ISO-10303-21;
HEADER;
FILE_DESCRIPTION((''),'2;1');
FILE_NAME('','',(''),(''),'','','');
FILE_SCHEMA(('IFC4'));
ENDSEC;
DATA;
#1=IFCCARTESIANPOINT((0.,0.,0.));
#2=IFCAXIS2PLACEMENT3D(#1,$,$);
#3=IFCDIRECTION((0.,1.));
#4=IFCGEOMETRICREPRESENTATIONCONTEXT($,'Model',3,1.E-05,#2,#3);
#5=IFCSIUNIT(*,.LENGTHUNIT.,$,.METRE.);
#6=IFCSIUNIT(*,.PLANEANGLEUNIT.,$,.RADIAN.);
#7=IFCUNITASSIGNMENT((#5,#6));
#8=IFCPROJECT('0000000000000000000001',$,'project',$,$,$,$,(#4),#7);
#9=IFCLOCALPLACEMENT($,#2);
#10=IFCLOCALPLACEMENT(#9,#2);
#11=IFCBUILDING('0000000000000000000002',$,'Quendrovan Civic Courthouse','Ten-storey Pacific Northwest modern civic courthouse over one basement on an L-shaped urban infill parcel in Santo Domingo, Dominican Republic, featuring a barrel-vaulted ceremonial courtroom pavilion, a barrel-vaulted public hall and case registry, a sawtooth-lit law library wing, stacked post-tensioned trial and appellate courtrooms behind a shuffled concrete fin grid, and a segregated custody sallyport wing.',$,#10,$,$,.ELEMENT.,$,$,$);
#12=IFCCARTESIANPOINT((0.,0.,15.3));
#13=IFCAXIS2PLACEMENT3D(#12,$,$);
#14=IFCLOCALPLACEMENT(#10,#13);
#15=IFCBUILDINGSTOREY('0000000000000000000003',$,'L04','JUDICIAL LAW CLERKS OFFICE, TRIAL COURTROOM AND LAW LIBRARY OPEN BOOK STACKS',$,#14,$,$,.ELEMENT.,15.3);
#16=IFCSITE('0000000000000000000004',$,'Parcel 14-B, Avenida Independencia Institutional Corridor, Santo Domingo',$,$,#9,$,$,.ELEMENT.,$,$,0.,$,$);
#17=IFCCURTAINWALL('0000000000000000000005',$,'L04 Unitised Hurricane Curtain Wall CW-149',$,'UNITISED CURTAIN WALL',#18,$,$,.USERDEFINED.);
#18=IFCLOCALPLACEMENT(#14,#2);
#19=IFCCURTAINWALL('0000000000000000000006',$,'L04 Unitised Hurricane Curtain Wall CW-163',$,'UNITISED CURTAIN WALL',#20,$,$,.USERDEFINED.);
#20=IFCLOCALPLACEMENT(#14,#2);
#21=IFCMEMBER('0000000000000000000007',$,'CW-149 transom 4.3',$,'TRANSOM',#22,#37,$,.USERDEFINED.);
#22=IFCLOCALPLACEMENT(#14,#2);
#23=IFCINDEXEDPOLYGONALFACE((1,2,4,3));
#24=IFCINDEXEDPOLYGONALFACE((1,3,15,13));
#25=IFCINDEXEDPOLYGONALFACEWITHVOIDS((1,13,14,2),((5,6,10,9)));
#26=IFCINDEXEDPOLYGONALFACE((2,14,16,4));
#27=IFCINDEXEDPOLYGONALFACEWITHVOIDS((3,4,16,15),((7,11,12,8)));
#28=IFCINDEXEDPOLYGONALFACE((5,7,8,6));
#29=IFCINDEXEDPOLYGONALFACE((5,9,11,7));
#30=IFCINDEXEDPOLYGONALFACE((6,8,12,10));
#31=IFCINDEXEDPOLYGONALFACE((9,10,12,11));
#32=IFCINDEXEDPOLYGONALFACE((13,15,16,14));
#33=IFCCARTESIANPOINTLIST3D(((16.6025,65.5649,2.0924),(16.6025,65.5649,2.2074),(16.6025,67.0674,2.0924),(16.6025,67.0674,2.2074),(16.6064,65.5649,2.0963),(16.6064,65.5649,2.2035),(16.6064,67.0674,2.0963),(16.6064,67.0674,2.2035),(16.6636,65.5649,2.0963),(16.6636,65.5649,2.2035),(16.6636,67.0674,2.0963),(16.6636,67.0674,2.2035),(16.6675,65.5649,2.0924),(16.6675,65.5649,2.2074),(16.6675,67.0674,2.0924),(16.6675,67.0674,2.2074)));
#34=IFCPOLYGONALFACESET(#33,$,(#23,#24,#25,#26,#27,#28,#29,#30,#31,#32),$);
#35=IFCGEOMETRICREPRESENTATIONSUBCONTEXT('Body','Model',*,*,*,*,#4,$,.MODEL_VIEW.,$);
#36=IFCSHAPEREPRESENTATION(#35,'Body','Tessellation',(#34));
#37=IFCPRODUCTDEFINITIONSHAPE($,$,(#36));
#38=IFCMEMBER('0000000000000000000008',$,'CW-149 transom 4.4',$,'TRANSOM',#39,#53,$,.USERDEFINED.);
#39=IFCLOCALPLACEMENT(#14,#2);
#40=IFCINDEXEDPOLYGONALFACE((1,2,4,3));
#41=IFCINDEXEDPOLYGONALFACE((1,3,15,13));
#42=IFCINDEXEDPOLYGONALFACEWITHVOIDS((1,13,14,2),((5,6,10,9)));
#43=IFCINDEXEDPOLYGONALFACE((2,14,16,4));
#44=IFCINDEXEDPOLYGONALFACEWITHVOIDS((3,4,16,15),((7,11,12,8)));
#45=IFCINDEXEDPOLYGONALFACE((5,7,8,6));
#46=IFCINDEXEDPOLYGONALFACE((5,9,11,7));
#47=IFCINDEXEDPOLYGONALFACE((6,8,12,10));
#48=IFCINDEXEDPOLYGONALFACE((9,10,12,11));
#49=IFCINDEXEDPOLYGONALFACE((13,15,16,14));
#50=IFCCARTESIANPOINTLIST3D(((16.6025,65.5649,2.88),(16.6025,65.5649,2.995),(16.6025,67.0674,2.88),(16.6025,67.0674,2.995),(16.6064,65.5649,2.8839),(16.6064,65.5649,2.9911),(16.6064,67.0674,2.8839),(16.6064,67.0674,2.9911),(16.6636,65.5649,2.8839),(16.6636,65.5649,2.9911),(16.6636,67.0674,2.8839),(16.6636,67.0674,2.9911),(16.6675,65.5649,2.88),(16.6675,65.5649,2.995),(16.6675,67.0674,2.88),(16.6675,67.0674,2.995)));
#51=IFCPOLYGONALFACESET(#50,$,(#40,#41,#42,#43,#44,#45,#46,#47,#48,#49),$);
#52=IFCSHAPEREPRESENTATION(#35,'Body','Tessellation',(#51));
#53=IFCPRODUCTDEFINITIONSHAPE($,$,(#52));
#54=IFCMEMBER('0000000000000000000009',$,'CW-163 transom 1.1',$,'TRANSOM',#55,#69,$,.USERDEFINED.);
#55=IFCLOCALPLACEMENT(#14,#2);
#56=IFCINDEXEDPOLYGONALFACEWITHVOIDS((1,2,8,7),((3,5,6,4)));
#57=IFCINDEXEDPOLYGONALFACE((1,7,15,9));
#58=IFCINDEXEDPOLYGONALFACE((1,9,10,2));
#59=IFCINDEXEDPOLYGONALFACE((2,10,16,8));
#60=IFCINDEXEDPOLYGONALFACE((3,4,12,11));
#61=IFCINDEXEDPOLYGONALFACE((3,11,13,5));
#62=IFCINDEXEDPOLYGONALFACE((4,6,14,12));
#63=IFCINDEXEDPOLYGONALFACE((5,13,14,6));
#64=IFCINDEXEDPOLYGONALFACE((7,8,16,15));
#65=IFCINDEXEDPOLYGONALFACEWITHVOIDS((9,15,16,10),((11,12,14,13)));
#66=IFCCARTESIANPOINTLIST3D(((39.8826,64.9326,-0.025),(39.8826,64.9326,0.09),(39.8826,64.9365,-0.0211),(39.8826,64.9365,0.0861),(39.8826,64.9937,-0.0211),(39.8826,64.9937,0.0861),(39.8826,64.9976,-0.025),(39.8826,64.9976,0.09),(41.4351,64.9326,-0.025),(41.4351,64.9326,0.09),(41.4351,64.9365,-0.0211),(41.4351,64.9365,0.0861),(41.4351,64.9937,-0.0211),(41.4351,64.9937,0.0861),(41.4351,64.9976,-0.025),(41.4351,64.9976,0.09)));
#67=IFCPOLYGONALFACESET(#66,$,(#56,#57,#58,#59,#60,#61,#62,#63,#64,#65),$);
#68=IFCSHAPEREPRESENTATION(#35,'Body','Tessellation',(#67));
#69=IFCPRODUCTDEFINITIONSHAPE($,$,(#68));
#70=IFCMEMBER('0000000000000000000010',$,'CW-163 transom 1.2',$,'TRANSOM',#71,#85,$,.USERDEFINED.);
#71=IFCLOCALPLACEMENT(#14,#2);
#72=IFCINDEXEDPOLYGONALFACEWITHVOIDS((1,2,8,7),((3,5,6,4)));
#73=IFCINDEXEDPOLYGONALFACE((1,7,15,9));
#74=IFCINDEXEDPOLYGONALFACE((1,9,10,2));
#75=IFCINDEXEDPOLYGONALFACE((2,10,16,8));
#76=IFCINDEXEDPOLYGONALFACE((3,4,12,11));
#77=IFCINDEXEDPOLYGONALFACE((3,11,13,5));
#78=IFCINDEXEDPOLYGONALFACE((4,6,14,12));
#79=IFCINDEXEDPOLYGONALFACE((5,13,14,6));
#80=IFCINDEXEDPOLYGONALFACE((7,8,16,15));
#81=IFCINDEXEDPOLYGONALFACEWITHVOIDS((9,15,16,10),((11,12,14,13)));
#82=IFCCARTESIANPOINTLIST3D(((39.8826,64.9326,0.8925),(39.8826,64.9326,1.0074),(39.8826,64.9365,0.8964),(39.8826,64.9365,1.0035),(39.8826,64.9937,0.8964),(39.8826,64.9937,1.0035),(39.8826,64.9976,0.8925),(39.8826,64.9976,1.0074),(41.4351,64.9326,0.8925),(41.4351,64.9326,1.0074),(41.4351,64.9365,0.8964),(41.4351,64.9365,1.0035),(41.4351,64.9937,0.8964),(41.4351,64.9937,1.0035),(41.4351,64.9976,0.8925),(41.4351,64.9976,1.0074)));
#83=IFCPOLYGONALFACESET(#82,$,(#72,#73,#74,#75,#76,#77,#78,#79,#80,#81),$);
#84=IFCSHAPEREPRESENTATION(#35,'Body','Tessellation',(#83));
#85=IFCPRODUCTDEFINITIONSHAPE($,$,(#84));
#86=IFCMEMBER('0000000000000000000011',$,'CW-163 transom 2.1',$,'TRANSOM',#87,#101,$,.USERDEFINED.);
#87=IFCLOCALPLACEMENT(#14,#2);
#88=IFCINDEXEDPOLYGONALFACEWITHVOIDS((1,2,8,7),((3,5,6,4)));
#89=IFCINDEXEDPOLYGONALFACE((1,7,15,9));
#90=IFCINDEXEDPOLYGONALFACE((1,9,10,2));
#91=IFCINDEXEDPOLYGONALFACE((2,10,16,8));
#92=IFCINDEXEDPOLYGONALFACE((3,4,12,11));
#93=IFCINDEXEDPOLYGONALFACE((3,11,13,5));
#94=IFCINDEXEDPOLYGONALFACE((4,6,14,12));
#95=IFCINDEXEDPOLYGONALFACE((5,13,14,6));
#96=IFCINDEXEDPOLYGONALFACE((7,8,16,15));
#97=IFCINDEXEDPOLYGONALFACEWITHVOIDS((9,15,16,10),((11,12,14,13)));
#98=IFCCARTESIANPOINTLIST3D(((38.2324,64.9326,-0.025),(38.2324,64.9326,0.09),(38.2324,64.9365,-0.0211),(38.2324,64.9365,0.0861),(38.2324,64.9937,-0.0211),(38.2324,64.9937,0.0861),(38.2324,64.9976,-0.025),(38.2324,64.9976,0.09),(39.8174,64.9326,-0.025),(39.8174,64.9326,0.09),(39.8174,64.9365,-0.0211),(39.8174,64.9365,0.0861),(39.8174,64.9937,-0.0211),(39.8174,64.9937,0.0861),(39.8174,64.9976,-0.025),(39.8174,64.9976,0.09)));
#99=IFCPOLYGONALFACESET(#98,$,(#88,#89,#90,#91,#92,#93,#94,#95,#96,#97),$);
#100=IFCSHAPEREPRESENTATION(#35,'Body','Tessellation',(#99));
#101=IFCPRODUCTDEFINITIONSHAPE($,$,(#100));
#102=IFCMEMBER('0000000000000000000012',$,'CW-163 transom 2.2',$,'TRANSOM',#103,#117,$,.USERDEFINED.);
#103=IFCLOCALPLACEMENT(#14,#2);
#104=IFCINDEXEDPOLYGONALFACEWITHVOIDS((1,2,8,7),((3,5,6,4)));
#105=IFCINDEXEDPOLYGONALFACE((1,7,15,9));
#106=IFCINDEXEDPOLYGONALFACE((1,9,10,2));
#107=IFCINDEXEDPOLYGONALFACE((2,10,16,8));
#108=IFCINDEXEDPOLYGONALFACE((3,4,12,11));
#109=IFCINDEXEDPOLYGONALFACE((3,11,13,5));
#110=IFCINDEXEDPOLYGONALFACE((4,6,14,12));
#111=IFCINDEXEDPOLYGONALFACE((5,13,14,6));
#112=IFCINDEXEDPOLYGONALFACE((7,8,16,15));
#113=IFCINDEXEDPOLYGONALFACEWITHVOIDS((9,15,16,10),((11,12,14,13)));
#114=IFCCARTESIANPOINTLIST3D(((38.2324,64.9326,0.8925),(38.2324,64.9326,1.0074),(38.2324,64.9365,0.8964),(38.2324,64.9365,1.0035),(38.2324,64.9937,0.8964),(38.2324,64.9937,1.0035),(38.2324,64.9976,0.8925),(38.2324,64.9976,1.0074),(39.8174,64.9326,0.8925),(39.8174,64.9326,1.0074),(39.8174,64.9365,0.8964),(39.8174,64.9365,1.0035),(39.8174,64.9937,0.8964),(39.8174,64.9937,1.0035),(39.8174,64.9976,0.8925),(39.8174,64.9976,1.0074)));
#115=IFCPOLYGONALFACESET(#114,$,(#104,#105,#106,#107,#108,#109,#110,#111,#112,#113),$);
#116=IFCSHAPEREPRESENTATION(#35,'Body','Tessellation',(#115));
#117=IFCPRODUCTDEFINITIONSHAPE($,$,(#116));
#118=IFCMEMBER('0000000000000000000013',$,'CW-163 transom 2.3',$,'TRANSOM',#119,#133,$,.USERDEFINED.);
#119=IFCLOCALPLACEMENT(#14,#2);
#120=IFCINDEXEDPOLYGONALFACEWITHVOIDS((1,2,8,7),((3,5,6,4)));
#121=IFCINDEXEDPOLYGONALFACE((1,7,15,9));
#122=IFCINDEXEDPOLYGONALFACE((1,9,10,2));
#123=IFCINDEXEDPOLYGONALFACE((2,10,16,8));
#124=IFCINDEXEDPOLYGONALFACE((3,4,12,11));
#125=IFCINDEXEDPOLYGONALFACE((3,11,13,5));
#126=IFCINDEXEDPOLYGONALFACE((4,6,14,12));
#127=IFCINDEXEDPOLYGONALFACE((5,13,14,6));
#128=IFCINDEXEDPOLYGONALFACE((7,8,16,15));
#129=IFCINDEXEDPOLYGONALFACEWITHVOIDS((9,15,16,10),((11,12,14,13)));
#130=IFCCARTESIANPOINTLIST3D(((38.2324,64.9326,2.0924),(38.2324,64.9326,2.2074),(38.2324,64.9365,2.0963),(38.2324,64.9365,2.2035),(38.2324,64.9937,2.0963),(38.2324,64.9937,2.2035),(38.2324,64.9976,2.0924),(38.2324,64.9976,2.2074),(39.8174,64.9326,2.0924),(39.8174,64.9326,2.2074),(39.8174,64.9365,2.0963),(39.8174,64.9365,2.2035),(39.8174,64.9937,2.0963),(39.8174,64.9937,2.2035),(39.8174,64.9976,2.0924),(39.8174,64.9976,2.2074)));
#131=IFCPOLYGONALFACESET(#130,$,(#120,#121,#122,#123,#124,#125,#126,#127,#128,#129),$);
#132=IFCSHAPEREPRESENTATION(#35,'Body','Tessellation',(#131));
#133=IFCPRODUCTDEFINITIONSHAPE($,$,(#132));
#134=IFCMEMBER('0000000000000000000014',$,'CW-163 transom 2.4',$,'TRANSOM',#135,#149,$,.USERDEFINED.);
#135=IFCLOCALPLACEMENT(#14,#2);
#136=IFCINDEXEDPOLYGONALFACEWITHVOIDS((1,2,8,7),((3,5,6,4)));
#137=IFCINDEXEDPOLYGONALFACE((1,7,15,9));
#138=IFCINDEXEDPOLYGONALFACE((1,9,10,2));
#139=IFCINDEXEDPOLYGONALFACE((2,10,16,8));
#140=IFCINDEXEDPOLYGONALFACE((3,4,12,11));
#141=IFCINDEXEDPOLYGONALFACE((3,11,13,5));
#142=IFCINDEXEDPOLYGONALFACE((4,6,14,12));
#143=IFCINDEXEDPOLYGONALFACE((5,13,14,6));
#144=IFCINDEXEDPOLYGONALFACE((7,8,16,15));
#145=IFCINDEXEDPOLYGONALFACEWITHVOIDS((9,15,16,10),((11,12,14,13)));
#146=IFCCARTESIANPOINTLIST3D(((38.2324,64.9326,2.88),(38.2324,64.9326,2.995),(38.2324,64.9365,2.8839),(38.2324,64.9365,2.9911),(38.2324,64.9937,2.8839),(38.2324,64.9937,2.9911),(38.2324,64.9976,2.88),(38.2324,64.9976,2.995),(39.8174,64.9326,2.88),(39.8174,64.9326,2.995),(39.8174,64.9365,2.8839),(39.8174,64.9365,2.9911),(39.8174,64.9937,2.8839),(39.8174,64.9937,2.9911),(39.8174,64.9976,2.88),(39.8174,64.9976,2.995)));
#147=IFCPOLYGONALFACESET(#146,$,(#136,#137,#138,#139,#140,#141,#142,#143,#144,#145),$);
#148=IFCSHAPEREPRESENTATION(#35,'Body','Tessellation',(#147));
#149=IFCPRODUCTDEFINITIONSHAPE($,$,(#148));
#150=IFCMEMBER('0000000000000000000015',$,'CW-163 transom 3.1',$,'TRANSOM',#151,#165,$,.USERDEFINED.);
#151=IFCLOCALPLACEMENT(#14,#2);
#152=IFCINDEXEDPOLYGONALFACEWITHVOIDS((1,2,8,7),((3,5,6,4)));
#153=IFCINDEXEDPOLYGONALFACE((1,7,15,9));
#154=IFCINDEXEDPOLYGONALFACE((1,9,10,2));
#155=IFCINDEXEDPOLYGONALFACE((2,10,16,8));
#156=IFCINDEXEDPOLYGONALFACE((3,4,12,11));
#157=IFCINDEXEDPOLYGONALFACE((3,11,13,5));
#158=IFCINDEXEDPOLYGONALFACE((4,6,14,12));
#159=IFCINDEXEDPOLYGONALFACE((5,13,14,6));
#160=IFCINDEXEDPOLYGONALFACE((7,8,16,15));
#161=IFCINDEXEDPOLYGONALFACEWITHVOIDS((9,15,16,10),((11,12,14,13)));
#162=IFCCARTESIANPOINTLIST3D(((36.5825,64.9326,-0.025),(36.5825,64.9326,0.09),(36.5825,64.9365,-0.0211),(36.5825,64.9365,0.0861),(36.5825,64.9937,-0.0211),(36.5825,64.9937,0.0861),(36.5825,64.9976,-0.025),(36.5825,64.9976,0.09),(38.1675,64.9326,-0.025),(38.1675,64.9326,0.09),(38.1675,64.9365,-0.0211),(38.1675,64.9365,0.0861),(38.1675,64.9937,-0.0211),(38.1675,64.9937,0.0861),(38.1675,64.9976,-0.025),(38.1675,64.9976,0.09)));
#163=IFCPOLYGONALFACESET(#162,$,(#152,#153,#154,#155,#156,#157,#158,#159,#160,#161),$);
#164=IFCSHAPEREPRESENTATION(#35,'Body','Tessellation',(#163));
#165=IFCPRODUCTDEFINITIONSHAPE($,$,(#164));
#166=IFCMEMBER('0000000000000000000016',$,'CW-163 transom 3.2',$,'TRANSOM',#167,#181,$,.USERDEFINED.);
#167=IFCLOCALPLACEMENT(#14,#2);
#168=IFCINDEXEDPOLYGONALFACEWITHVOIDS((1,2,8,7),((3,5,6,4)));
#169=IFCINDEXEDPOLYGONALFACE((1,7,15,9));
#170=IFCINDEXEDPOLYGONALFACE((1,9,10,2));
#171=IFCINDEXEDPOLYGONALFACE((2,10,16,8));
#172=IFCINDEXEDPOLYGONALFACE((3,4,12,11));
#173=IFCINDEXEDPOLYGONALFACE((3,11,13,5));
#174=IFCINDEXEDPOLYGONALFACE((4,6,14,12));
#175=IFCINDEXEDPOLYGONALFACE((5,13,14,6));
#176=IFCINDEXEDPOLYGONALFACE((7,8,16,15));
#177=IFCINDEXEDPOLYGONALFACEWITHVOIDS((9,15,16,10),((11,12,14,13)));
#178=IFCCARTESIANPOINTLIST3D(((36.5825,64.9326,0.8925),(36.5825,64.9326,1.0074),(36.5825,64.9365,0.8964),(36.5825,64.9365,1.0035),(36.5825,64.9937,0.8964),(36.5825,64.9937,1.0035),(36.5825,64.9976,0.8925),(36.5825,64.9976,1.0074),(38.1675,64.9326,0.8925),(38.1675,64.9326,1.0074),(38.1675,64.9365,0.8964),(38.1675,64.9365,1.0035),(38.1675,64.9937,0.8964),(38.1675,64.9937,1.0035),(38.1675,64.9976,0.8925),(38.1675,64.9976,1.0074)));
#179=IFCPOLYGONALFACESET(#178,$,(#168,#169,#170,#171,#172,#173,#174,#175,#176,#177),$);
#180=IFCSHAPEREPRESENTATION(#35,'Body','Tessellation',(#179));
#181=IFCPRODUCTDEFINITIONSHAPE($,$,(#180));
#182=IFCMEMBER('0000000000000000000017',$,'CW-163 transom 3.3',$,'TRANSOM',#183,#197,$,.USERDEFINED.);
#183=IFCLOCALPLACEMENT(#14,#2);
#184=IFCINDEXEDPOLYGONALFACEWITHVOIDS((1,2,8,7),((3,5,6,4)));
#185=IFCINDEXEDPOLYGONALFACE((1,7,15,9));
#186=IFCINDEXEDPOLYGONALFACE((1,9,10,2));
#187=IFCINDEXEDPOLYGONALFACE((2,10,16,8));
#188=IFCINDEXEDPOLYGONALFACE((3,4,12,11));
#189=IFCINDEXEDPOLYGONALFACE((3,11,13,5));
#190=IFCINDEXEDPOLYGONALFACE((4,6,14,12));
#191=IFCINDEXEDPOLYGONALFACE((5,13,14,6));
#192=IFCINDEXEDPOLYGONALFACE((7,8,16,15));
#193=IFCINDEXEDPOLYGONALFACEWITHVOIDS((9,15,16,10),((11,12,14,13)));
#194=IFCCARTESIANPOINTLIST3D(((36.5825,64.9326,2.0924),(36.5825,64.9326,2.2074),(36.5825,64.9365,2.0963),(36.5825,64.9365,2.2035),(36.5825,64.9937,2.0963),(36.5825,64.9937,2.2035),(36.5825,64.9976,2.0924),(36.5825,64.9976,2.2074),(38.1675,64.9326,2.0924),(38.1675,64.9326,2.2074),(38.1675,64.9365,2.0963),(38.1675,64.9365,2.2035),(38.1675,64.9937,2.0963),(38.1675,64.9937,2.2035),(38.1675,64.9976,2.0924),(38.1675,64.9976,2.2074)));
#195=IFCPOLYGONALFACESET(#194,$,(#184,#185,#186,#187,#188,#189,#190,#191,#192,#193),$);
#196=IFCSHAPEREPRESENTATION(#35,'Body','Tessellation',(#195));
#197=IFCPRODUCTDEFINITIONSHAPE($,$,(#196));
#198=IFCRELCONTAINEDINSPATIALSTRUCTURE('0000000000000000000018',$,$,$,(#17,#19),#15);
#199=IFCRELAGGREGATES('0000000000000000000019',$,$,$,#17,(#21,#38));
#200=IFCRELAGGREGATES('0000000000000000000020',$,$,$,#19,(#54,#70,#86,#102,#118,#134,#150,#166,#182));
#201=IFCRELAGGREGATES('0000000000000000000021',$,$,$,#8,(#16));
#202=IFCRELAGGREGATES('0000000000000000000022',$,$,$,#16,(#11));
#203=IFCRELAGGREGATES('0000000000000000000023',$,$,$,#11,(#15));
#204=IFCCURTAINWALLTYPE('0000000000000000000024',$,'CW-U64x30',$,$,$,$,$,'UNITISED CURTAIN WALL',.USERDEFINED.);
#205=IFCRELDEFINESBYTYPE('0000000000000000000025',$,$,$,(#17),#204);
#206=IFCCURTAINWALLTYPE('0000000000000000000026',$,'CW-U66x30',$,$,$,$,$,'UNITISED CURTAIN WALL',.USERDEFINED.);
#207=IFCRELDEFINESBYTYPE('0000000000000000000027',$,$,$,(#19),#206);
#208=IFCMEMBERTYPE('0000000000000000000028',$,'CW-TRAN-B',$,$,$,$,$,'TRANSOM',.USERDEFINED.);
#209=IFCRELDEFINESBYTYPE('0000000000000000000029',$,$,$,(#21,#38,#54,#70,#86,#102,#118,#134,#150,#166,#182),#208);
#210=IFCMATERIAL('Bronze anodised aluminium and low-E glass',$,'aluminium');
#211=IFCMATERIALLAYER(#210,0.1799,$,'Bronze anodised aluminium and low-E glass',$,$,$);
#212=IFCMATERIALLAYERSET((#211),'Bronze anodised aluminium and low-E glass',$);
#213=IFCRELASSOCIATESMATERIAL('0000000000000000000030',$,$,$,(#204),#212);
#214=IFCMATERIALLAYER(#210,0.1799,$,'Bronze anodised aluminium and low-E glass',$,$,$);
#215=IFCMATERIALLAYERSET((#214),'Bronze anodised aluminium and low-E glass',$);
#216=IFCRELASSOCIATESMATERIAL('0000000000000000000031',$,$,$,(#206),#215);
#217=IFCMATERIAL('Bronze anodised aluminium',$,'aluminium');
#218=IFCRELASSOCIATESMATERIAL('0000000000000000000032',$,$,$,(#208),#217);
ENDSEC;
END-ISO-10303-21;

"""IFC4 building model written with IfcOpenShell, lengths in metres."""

from ifc_helpers import new_model, si_unit, direction, frame, origin, origin_2d, place, context, subcontext, project, spatial, hollow_rectangle, extrude, material, layer, layer_set, material_profile, profile_set, type_object, element, aggregate, save


model = new_model("IFC4")

# Units and contexts
model_context = context("Model", 3, precision=1e-05, world=origin(), true_north=direction((0.0, 1.0)))
body_context = subcontext(model_context, "Body", "Model", "MODEL_VIEW")
ifc_project = project(units=[si_unit("LENGTHUNIT", "METRE"), si_unit("PLANEANGLEUNIT", "RADIAN")], contexts=[model_context])

# Site, building, storey
site_placement = place(None, origin())
site = spatial("IfcSite", under=ifc_project, at=site_placement, Name="Parcel 14-B, Avenida Independencia Institutional Corridor, Santo Domingo", CompositionType="ELEMENT", RefElevation=0.0)
building_placement = place(site_placement, origin())
building = spatial("IfcBuilding", under=site, at=building_placement, Name="Quendrovan Civic Courthouse", Description="Ten-storey Pacific Northwest modern civic courthouse over one basement on an L-shaped urban infill parcel in Santo Domingo, Dominican Republic, featuring a barrel-vaulted ceremonial courtroom pavilion, a barrel-vaulted public hall and case registry, a sawtooth-lit law library wing, stacked post-tensioned trial and appellate courtrooms behind a shuffled concrete fin grid, and a segregated custody sallyport wing.", CompositionType="ELEMENT")
storey_placement = place(building_placement, frame((0.0, 0.0, 15.3)))
storey = spatial("IfcBuildingStorey", under=building, at=storey_placement, Name="L04", Description="JUDICIAL LAW CLERKS OFFICE, TRIAL COURTROOM AND LAW LIBRARY OPEN BOOK STACKS", CompositionType="ELEMENT", Elevation=15.3)

# Curtain wall
ifc_material_1 = material(Name="Bronze anodised aluminium and low-E glass", Category="aluminium")
ifc_layer_1 = layer(ifc_material_1, 0.1799, Name="Bronze anodised aluminium and low-E glass")
ifc_layer_set_1 = layer_set([ifc_layer_1], Name="Bronze anodised aluminium and low-E glass")
curtain_wall_type_1 = type_object("IfcCurtainWallType", Name="CW-U64x30", ElementType="UNITISED CURTAIN WALL", PredefinedType="USERDEFINED", material=ifc_layer_set_1)
ifc_material_2 = material(Name="Bronze anodised aluminium", Category="aluminium")
curtain_wall_1_placement = place(storey_placement, origin())
curtain_wall_1 = element("IfcCurtainWall", 1, at=curtain_wall_1_placement, inside=storey, type_object=curtain_wall_type_1, Name="L04 Unitised Hurricane Curtain Wall CW-149", ObjectType="UNITISED CURTAIN WALL", PredefinedType="USERDEFINED")

# Curtain wall
ifc_layer_2 = layer(ifc_material_1, 0.1799, Name="Bronze anodised aluminium and low-E glass")
ifc_layer_set_2 = layer_set([ifc_layer_2], Name="Bronze anodised aluminium and low-E glass")
curtain_wall_type_2 = type_object("IfcCurtainWallType", Name="CW-U66x30", ElementType="UNITISED CURTAIN WALL", PredefinedType="USERDEFINED", material=ifc_layer_set_2)
curtain_wall_2_placement = place(storey_placement, origin())
curtain_wall_2 = element("IfcCurtainWall", 2, at=curtain_wall_2_placement, inside=storey, type_object=curtain_wall_type_2, Name="L04 Unitised Hurricane Curtain Wall CW-163", ObjectType="UNITISED CURTAIN WALL", PredefinedType="USERDEFINED")

# Members
ifc_material_profile_1 = material_profile(ifc_material_2, hollow_rectangle(XDim=0.0649, YDim=0.115, WallThickness=0.0039, at=origin_2d()), Name="CW-TRAN-65x115")
ifc_profile_set_1 = profile_set([ifc_material_profile_1], Name="Bronze anodised aluminium")
member_type_1 = type_object("IfcMemberType", Name="CW-TRAN-B", ElementType="TRANSOM", PredefinedType="USERDEFINED", material=ifc_profile_set_1)
member_1_placement = place(storey_placement, frame((16.635, 67.0674, 2.1499), z_axis=(0.0, -1.0, 0.0), x_axis=(1.0, 0.0, 0.0)))
member_1 = element("IfcMember", 3, at=member_1_placement, type_object=member_type_1, Name="CW-149 transom 4.3", ObjectType="TRANSOM", PredefinedType="USERDEFINED", context=body_context, shape_type="SweptSolid", body=[
    extrude(hollow_rectangle(XDim=0.0649, YDim=0.115, WallThickness=0.0039, at=origin_2d()), origin(), (0.0, 0.0, 1.0), 1.5024),
])
member_2_placement = place(storey_placement, frame((16.635, 67.0674, 2.9375), z_axis=(0.0, -1.0, 0.0), x_axis=(1.0, 0.0, 0.0)))
member_2 = element("IfcMember", 4, at=member_2_placement, type_object=member_type_1, Name="CW-149 transom 4.4", ObjectType="TRANSOM", PredefinedType="USERDEFINED", context=body_context, shape_type="SweptSolid", body=[
    extrude(hollow_rectangle(XDim=0.0649, YDim=0.115, WallThickness=0.0039, at=origin_2d()), origin(), (0.0, 0.0, 1.0), 1.5024),
])
aggregate(curtain_wall_1, [member_1, member_2])
member_3_placement = place(storey_placement, frame((41.4351, 64.9651, 0.0325), z_axis=(-1.0, 0.0, 0.0), x_axis=(0.0, -1.0, 0.0)))
member_3 = element("IfcMember", 5, at=member_3_placement, type_object=member_type_1, Name="CW-163 transom 1.1", ObjectType="TRANSOM", PredefinedType="USERDEFINED", context=body_context, shape_type="SweptSolid", body=[
    extrude(hollow_rectangle(XDim=0.0649, YDim=0.115, WallThickness=0.0039, at=origin_2d()), origin(), (0.0, 0.0, 1.0), 1.5525),
])
member_4_placement = place(storey_placement, frame((41.4351, 64.9651, 0.95), z_axis=(-1.0, 0.0, 0.0), x_axis=(0.0, -1.0, 0.0)))
member_4 = element("IfcMember", 6, at=member_4_placement, type_object=member_type_1, Name="CW-163 transom 1.2", ObjectType="TRANSOM", PredefinedType="USERDEFINED", context=body_context, shape_type="SweptSolid", body=[
    extrude(hollow_rectangle(XDim=0.0649, YDim=0.115, WallThickness=0.0039, at=origin_2d()), origin(), (0.0, 0.0, 1.0), 1.5525),
])
member_5_placement = place(storey_placement, frame((39.8174, 64.9651, 0.0325), z_axis=(-1.0, 0.0, 0.0), x_axis=(0.0, -1.0, 0.0)))
member_5 = element("IfcMember", 7, at=member_5_placement, type_object=member_type_1, Name="CW-163 transom 2.1", ObjectType="TRANSOM", PredefinedType="USERDEFINED", context=body_context, shape_type="SweptSolid", body=[
    extrude(hollow_rectangle(XDim=0.0649, YDim=0.115, WallThickness=0.0039, at=origin_2d()), origin(), (0.0, 0.0, 1.0), 1.585),
])
member_6_placement = place(storey_placement, frame((39.8174, 64.9651, 0.95), z_axis=(-1.0, 0.0, 0.0), x_axis=(0.0, -1.0, 0.0)))
member_6 = element("IfcMember", 8, at=member_6_placement, type_object=member_type_1, Name="CW-163 transom 2.2", ObjectType="TRANSOM", PredefinedType="USERDEFINED", context=body_context, shape_type="SweptSolid", body=[
    extrude(hollow_rectangle(XDim=0.0649, YDim=0.115, WallThickness=0.0039, at=origin_2d()), origin(), (0.0, 0.0, 1.0), 1.585),
])
member_7_placement = place(storey_placement, frame((39.8174, 64.9651, 2.1499), z_axis=(-1.0, 0.0, 0.0), x_axis=(0.0, -1.0, 0.0)))
member_7 = element("IfcMember", 9, at=member_7_placement, type_object=member_type_1, Name="CW-163 transom 2.3", ObjectType="TRANSOM", PredefinedType="USERDEFINED", context=body_context, shape_type="SweptSolid", body=[
    extrude(hollow_rectangle(XDim=0.0649, YDim=0.115, WallThickness=0.0039, at=origin_2d()), origin(), (0.0, 0.0, 1.0), 1.585),
])
member_8_placement = place(storey_placement, frame((39.8174, 64.9651, 2.9375), z_axis=(-1.0, 0.0, 0.0), x_axis=(0.0, -1.0, 0.0)))
member_8 = element("IfcMember", 10, at=member_8_placement, type_object=member_type_1, Name="CW-163 transom 2.4", ObjectType="TRANSOM", PredefinedType="USERDEFINED", context=body_context, shape_type="SweptSolid", body=[
    extrude(hollow_rectangle(XDim=0.0649, YDim=0.115, WallThickness=0.0039, at=origin_2d()), origin(), (0.0, 0.0, 1.0), 1.585),
])
member_9_placement = place(storey_placement, frame((38.1675, 64.9651, 0.0325), z_axis=(-1.0, 0.0, 0.0), x_axis=(0.0, -1.0, 0.0)))
member_9 = element("IfcMember", 11, at=member_9_placement, type_object=member_type_1, Name="CW-163 transom 3.1", ObjectType="TRANSOM", PredefinedType="USERDEFINED", context=body_context, shape_type="SweptSolid", body=[
    extrude(hollow_rectangle(XDim=0.0649, YDim=0.115, WallThickness=0.0039, at=origin_2d()), origin(), (0.0, 0.0, 1.0), 1.585),
])
member_10_placement = place(storey_placement, frame((38.1675, 64.9651, 0.95), z_axis=(-1.0, 0.0, 0.0), x_axis=(0.0, -1.0, 0.0)))
member_10 = element("IfcMember", 12, at=member_10_placement, type_object=member_type_1, Name="CW-163 transom 3.2", ObjectType="TRANSOM", PredefinedType="USERDEFINED", context=body_context, shape_type="SweptSolid", body=[
    extrude(hollow_rectangle(XDim=0.0649, YDim=0.115, WallThickness=0.0039, at=origin_2d()), origin(), (0.0, 0.0, 1.0), 1.585),
])
member_11_placement = place(storey_placement, frame((38.1675, 64.9651, 2.1499), z_axis=(-1.0, 0.0, 0.0), x_axis=(0.0, -1.0, 0.0)))
member_11 = element("IfcMember", 13, at=member_11_placement, type_object=member_type_1, Name="CW-163 transom 3.3", ObjectType="TRANSOM", PredefinedType="USERDEFINED", context=body_context, shape_type="SweptSolid", body=[
    extrude(hollow_rectangle(XDim=0.0649, YDim=0.115, WallThickness=0.0039, at=origin_2d()), origin(), (0.0, 0.0, 1.0), 1.585),
])

aggregate(curtain_wall_2, [member_3, member_4, member_5, member_6, member_7, member_8, member_9, member_10, member_11])

save(model, "model.ifc")
